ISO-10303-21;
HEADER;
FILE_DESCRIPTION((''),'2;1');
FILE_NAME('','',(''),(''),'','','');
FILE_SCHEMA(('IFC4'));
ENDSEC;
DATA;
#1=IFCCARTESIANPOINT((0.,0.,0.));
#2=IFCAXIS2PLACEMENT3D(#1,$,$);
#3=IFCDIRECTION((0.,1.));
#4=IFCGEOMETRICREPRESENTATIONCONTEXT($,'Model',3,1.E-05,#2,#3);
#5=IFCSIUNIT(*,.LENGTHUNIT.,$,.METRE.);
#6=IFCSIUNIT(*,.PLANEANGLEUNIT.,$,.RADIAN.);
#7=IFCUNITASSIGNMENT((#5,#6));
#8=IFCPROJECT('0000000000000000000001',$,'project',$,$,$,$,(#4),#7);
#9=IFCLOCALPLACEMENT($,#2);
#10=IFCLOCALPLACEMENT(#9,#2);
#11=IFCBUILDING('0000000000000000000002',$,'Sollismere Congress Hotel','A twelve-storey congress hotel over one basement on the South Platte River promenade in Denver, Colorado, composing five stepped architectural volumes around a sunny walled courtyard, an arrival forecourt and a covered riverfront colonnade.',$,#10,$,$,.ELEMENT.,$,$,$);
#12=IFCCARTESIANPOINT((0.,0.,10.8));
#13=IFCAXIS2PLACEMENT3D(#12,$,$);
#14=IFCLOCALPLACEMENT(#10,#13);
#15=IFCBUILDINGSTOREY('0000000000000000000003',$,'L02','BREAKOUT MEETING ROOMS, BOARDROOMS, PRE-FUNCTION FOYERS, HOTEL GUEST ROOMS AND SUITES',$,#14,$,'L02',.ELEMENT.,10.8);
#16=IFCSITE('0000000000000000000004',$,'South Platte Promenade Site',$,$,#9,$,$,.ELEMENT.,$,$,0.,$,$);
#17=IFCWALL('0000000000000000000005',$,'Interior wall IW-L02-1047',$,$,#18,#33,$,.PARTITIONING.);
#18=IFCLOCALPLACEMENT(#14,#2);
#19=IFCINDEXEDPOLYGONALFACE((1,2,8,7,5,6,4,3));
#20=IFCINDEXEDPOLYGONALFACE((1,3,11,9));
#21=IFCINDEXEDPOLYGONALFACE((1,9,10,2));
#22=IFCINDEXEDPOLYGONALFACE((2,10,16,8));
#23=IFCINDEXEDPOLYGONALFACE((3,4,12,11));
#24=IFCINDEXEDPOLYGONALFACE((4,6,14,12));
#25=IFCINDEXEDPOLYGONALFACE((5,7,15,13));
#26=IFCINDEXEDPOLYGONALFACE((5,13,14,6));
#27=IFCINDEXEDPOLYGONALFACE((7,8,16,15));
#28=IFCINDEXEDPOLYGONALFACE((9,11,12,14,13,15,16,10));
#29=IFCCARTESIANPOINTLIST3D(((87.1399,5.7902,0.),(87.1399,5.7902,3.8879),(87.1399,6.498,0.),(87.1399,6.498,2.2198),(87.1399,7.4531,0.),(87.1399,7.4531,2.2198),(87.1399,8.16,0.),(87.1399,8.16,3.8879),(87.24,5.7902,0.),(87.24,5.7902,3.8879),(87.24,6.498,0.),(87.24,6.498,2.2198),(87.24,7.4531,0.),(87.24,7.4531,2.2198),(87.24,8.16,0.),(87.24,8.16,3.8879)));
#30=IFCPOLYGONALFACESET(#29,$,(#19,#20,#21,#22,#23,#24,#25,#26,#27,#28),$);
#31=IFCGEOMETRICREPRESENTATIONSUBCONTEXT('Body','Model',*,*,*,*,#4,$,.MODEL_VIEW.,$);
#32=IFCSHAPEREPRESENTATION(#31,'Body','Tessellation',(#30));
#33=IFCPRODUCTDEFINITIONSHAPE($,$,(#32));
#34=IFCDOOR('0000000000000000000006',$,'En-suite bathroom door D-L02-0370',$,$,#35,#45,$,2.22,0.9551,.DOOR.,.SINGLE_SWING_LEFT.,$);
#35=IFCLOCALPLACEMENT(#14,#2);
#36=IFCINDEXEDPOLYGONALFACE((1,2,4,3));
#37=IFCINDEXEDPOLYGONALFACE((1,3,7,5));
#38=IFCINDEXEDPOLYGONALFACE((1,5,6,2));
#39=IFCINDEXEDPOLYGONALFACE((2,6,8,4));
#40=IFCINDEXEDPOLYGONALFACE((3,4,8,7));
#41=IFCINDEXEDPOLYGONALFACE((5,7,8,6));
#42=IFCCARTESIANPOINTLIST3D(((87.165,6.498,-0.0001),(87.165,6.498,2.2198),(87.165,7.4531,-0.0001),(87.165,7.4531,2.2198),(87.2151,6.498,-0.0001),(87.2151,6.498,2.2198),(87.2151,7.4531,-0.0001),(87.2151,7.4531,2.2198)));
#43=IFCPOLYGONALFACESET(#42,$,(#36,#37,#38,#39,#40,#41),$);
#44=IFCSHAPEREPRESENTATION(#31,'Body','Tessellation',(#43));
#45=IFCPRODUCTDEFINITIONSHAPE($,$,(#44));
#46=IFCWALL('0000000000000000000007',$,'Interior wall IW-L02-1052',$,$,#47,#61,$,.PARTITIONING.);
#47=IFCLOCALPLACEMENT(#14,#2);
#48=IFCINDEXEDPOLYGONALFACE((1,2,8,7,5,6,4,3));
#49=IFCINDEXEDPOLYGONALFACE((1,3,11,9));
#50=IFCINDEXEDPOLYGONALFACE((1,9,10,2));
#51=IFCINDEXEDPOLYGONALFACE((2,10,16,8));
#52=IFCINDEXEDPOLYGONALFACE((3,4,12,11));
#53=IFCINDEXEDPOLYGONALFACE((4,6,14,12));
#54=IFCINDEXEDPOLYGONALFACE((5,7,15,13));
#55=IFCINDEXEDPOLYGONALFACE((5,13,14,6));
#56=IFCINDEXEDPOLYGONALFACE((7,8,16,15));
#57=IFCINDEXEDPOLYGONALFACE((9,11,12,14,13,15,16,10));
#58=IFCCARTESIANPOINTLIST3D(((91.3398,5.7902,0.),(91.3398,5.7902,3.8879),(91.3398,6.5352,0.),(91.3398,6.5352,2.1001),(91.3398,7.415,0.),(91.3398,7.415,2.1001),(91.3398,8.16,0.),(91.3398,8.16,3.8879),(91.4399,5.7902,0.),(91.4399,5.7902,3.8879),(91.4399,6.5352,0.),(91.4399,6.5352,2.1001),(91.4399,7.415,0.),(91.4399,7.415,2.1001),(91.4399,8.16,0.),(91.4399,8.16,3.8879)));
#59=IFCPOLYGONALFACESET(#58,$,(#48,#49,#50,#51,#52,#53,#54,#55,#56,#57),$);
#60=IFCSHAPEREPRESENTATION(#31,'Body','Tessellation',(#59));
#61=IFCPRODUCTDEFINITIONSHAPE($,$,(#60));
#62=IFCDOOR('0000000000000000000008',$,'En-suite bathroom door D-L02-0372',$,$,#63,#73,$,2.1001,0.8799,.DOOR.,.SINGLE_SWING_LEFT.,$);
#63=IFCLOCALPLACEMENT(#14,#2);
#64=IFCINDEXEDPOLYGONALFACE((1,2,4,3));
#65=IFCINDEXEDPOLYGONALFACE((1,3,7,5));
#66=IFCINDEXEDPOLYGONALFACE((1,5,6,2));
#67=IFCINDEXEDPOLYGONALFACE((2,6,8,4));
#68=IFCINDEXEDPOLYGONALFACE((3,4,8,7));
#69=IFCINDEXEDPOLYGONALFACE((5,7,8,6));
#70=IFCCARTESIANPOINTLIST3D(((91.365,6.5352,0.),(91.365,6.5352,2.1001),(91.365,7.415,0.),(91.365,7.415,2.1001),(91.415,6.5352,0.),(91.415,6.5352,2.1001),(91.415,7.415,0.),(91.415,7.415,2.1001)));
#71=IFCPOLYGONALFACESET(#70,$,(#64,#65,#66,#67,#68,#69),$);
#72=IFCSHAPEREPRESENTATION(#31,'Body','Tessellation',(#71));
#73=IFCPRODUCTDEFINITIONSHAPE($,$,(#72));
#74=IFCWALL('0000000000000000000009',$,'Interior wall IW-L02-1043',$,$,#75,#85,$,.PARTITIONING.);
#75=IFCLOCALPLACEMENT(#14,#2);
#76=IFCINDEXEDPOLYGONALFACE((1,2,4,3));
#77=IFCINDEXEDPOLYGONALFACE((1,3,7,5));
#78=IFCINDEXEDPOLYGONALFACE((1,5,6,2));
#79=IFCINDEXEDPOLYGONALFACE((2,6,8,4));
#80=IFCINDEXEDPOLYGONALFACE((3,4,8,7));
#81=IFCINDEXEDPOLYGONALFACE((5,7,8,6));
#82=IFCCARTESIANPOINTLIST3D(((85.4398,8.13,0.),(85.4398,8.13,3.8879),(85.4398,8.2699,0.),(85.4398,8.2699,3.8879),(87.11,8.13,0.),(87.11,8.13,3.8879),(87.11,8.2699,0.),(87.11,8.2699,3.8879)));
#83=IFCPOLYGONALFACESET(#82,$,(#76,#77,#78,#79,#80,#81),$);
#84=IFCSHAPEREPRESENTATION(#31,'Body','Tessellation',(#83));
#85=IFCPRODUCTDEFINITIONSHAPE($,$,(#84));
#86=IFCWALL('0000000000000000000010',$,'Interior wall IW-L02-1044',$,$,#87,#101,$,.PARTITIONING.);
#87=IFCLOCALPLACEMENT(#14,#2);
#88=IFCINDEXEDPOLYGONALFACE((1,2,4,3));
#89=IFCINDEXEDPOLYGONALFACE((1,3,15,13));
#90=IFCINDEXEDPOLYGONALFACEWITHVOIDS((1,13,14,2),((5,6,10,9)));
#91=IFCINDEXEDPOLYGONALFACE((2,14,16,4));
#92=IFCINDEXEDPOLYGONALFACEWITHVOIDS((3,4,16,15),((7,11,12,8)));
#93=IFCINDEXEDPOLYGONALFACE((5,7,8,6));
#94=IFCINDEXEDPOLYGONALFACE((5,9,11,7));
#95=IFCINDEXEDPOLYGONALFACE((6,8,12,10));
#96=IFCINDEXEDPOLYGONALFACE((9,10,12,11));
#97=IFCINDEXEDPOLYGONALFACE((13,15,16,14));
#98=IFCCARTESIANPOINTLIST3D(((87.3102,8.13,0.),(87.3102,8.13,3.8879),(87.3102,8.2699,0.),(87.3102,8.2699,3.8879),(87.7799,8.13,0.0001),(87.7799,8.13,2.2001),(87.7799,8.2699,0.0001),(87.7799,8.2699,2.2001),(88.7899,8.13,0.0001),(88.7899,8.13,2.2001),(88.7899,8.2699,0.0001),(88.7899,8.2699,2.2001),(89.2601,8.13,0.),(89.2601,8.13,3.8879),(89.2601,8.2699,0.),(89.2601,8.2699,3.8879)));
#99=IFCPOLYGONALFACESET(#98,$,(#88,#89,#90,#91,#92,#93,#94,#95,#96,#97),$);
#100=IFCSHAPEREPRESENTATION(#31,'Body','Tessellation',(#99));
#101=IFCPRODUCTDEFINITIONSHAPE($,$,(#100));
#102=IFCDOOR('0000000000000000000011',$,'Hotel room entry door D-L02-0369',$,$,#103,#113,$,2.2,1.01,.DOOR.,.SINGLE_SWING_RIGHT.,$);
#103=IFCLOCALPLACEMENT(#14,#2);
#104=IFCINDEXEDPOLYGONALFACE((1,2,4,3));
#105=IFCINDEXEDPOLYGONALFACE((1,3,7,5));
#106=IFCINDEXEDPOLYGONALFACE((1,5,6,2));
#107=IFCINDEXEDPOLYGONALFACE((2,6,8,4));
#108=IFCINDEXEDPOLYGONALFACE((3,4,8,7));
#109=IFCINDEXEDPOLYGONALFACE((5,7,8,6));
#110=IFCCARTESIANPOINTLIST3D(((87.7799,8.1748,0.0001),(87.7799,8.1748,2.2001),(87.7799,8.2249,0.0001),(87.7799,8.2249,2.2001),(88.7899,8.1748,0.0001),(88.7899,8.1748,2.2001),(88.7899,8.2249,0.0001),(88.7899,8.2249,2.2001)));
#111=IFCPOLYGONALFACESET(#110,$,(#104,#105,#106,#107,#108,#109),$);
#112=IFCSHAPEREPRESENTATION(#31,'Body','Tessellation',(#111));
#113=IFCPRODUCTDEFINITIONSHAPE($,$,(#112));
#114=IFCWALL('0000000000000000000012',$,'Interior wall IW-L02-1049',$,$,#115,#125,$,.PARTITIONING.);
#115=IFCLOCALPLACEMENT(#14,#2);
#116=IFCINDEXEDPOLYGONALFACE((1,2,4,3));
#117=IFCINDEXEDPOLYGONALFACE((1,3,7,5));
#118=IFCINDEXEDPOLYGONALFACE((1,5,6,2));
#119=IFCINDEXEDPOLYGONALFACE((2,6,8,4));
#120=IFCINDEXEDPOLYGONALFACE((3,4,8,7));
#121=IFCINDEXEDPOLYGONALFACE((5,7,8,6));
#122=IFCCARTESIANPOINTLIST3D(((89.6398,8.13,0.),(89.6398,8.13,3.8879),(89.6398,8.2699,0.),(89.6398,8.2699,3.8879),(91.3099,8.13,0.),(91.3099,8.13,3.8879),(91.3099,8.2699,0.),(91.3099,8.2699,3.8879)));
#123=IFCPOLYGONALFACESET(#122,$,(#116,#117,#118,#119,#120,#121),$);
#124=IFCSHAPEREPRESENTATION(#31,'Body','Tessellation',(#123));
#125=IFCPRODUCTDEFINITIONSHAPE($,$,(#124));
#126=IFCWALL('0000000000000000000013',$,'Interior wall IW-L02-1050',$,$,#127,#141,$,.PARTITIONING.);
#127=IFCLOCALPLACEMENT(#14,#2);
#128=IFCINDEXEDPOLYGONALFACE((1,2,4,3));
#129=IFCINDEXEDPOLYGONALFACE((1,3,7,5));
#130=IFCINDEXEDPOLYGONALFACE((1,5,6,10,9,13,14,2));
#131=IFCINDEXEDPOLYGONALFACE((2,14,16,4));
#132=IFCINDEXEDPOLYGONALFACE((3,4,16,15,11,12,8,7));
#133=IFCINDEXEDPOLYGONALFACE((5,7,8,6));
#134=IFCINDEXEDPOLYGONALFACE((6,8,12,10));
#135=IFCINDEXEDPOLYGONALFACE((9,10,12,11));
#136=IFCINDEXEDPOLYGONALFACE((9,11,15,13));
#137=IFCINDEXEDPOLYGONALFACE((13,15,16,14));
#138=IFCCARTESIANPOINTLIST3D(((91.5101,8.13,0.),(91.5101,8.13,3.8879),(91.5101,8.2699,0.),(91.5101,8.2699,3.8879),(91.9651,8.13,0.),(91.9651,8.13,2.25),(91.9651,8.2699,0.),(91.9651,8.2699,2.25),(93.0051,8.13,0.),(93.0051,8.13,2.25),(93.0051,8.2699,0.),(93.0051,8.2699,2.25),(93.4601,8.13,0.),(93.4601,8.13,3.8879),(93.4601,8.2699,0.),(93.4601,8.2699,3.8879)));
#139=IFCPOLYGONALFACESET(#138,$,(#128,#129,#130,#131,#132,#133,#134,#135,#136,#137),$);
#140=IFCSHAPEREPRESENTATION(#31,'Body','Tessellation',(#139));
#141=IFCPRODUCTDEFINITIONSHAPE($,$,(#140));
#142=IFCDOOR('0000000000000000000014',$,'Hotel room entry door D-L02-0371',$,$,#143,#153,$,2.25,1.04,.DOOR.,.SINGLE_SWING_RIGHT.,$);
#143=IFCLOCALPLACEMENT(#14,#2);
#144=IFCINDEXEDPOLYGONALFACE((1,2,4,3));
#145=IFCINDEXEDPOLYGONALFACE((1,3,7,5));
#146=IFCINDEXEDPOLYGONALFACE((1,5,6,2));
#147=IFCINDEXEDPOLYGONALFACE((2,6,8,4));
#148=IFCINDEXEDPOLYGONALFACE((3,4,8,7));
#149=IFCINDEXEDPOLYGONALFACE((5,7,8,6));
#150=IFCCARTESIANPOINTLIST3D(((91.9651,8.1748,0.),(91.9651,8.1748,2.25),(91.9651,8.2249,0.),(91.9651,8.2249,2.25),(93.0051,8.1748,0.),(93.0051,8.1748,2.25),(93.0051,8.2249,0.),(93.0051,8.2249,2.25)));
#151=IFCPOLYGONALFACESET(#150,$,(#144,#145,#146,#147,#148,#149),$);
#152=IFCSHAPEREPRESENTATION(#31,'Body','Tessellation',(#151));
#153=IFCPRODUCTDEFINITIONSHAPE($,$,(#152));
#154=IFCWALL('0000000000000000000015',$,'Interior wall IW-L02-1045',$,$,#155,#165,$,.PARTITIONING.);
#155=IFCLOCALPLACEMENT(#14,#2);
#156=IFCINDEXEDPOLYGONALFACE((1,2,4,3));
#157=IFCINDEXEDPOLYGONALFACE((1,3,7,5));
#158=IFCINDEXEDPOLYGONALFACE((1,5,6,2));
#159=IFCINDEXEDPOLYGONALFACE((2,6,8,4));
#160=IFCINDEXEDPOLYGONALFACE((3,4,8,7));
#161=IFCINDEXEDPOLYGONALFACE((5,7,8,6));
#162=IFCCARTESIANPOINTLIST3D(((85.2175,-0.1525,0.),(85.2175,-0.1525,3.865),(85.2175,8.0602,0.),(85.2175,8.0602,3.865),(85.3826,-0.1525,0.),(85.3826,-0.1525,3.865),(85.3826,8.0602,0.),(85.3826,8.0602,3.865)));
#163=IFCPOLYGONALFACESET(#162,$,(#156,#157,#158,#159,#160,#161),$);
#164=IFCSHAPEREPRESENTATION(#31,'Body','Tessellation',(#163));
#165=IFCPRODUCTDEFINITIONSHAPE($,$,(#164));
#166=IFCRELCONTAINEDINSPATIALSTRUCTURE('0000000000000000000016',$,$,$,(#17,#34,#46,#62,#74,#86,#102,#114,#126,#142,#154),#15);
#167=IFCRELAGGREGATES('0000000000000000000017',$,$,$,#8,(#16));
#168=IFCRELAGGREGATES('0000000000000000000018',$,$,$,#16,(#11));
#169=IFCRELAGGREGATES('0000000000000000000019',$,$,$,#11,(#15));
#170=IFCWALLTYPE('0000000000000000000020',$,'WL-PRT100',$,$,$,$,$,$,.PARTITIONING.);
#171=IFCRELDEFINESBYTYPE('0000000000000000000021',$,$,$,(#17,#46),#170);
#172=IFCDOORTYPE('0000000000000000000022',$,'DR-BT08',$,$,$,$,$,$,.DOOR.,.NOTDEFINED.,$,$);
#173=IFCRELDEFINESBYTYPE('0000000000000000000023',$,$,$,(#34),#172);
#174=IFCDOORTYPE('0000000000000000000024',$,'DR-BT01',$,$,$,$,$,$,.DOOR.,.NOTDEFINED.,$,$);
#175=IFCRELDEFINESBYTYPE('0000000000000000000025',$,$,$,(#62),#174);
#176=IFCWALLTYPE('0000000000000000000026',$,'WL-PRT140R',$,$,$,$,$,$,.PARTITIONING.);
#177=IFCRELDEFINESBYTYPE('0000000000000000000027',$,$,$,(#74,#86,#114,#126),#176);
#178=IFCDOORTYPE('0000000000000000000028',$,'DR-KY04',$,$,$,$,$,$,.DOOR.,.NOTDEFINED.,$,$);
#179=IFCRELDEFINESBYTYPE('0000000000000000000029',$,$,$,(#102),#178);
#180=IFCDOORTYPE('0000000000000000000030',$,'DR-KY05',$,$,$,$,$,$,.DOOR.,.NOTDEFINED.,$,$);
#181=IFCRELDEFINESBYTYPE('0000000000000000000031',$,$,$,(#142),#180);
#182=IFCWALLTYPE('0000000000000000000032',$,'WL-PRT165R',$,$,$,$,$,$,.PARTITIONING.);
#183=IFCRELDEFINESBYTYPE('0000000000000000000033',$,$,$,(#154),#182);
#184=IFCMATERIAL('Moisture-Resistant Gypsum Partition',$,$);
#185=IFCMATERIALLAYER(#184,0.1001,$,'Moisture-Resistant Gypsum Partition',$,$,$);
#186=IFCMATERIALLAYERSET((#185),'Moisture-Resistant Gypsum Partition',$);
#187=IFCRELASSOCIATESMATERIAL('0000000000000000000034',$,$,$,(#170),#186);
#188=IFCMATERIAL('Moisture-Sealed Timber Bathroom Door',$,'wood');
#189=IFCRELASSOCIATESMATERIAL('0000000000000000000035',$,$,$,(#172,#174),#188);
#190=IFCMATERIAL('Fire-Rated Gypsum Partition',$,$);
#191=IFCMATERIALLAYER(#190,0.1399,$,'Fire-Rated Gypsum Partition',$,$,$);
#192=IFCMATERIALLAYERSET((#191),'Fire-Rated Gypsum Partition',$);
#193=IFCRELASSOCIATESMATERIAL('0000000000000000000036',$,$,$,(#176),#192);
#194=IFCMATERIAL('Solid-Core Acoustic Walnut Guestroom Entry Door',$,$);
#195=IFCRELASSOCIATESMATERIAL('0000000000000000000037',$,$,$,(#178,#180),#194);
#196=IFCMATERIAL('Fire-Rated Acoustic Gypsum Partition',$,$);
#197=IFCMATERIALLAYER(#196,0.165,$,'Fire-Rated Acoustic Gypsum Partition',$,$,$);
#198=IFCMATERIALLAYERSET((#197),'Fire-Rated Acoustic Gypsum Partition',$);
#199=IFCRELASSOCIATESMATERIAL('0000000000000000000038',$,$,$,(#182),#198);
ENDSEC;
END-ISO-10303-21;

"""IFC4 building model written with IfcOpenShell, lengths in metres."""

from ifc_helpers import new_model, si_unit, direction, frame, frame_2d, origin, place, context, subcontext, project, spatial, rectangle, extrude, material, layer, layer_set, type_object, element, fill, save


model = new_model("IFC4")

# Units and contexts
model_context = context("Model", 3, precision=1e-05, world=origin(), true_north=direction((0.0, 1.0)))
body_context = subcontext(model_context, "Body", "Model", "MODEL_VIEW")
ifc_project = project(units=[si_unit("LENGTHUNIT", "METRE"), si_unit("PLANEANGLEUNIT", "RADIAN")], contexts=[model_context])

# Site, building, storey
site_placement = place(None, origin())
site = spatial("IfcSite", under=ifc_project, at=site_placement, Name="South Platte Promenade Site", CompositionType="ELEMENT", RefElevation=0.0)
building_placement = place(site_placement, origin())
building = spatial("IfcBuilding", under=site, at=building_placement, Name="Sollismere Congress Hotel", Description="A twelve-storey congress hotel over one basement on the South Platte River promenade in Denver, Colorado, composing five stepped architectural volumes around a sunny walled courtyard, an arrival forecourt and a covered riverfront colonnade.", CompositionType="ELEMENT")
storey_placement = place(building_placement, frame((0.0, 0.0, 10.8)))
storey = spatial("IfcBuildingStorey", under=building, at=storey_placement, Name="L02", Description="BREAKOUT MEETING ROOMS, BOARDROOMS, PRE-FUNCTION FOYERS, HOTEL GUEST ROOMS AND SUITES", LongName="L02", CompositionType="ELEMENT", Elevation=10.8)

# Walls, openings, doors
ifc_material_1 = material(Name="Moisture-Resistant Gypsum Partition")
ifc_layer_1 = layer(ifc_material_1, 0.1001, Name="Moisture-Resistant Gypsum Partition")
ifc_layer_set_1 = layer_set([ifc_layer_1], Name="Moisture-Resistant Gypsum Partition")
wall_type_1 = type_object("IfcWallType", Name="WL-PRT100", PredefinedType="PARTITIONING", material=ifc_layer_set_1)
wall_1_placement = place(storey_placement, frame((87.1899, 5.79, 0.0), z_axis=(0.0, 0.0, 1.0), x_axis=(0.0, 1.0, 0.0)))
wall_1 = element("IfcWall", 1, at=wall_1_placement, inside=storey, type_object=wall_type_1, Name="Interior wall IW-L02-1047", PredefinedType="PARTITIONING", context=body_context, shape_type="SweptSolid", body=[
    extrude(rectangle(XDim=2.3699, YDim=0.1001, at=frame_2d((1.1851, 0.0))), origin(), (0.0, 0.0, 1.0), 3.8879),
])
opening_1_placement = place(wall_1_placement, frame((0.708, 0.0, 0.0)))
opening_1 = element("IfcOpeningElement", 2, at=opening_1_placement, cuts=wall_1, PredefinedType="OPENING", context=body_context, shape_type="SweptSolid", body=[
    extrude(rectangle(XDim=0.9551, YDim=2.22, at=frame_2d((0.4775, 1.1099))), frame((0.0, 0.0601, 0.0), z_axis=(0.0, -1.0, 0.0), x_axis=(1.0, 0.0, 0.0)), (0.0, 0.0, 1.0), 0.1201),
])
ifc_material_2 = material(Name="Moisture-Sealed Timber Bathroom Door", Category="wood")
door_type_1 = type_object("IfcDoorType", Name="DR-BT08", OperationType="NOTDEFINED", PredefinedType="DOOR", material=ifc_material_2)
door_1_placement = place(opening_1_placement, origin())
door_1 = element("IfcDoor", 3, at=door_1_placement, inside=storey, type_object=door_type_1, Name="En-suite bathroom door D-L02-0370", OperationType="SINGLE_SWING_LEFT", OverallHeight=2.22, OverallWidth=0.9551, PredefinedType="DOOR", context=body_context, shape_type="SweptSolid", body=[
    extrude(rectangle(XDim=0.9551, YDim=2.22, at=frame_2d((0.4775, 1.1099))), frame((0.0, 0.0249, 0.0), z_axis=(0.0, -1.0, 0.0), x_axis=(1.0, 0.0, 0.0)), (0.0, 0.0, 1.0), 0.05),
])
fill(opening_1, door_1)
wall_2_placement = place(storey_placement, frame((91.3899, 5.79, 0.0), z_axis=(0.0, 0.0, 1.0), x_axis=(0.0, 1.0, 0.0)))
wall_2 = element("IfcWall", 4, at=wall_2_placement, inside=storey, type_object=wall_type_1, Name="Interior wall IW-L02-1052", PredefinedType="PARTITIONING", context=body_context, shape_type="SweptSolid", body=[
    extrude(rectangle(XDim=2.3699, YDim=0.1001, at=frame_2d((1.1851, 0.0))), origin(), (0.0, 0.0, 1.0), 3.8879),
])
opening_2_placement = place(wall_2_placement, frame((0.7451, 0.0, 0.0)))
opening_2 = element("IfcOpeningElement", 5, at=opening_2_placement, cuts=wall_2, PredefinedType="OPENING", context=body_context, shape_type="SweptSolid", body=[
    extrude(rectangle(XDim=0.8799, YDim=2.1001, at=frame_2d((0.4399, 1.05))), frame((0.0, 0.0601, 0.0), z_axis=(0.0, -1.0, 0.0), x_axis=(1.0, 0.0, 0.0)), (0.0, 0.0, 1.0), 0.1201),
])
door_type_2 = type_object("IfcDoorType", Name="DR-BT01", OperationType="NOTDEFINED", PredefinedType="DOOR", material=ifc_material_2)
door_2_placement = place(opening_2_placement, origin())
door_2 = element("IfcDoor", 6, at=door_2_placement, inside=storey, type_object=door_type_2, Name="En-suite bathroom door D-L02-0372", OperationType="SINGLE_SWING_LEFT", OverallHeight=2.1001, OverallWidth=0.8799, PredefinedType="DOOR", context=body_context, shape_type="SweptSolid", body=[
    extrude(rectangle(XDim=0.8799, YDim=2.1001, at=frame_2d((0.4399, 1.05))), frame((0.0, 0.0249, 0.0), z_axis=(0.0, -1.0, 0.0), x_axis=(1.0, 0.0, 0.0)), (0.0, 0.0, 1.0), 0.05),
])
fill(opening_2, door_2)

# Wall
ifc_material_3 = material(Name="Fire-Rated Gypsum Partition")
ifc_layer_2 = layer(ifc_material_3, 0.1399, Name="Fire-Rated Gypsum Partition")
ifc_layer_set_2 = layer_set([ifc_layer_2], Name="Fire-Rated Gypsum Partition")
wall_type_2 = type_object("IfcWallType", Name="WL-PRT140R", PredefinedType="PARTITIONING", material=ifc_layer_set_2)
wall_3_placement = place(storey_placement, frame((85.4399, 8.2, 0.0), z_axis=(0.0, 0.0, 1.0), x_axis=(1.0, 0.0, 0.0)))
element("IfcWall", 7, at=wall_3_placement, inside=storey, type_object=wall_type_2, Name="Interior wall IW-L02-1043", PredefinedType="PARTITIONING", context=body_context, shape_type="SweptSolid", body=[
    extrude(rectangle(XDim=1.6702, YDim=0.1399, at=frame_2d((0.835, 0.0))), origin(), (0.0, 0.0, 1.0), 3.8879),
])

# Wall, opening, door
wall_4_placement = place(storey_placement, frame((87.3101, 8.2, 0.0), z_axis=(0.0, 0.0, 1.0), x_axis=(1.0, 0.0, 0.0)))
wall_4 = element("IfcWall", 8, at=wall_4_placement, inside=storey, type_object=wall_type_2, Name="Interior wall IW-L02-1044", PredefinedType="PARTITIONING", context=body_context, shape_type="SweptSolid", body=[
    extrude(rectangle(XDim=1.95, YDim=0.1399, at=frame_2d((0.9751, 0.0))), origin(), (0.0, 0.0, 1.0), 3.8879),
])
opening_3_placement = place(wall_4_placement, frame((0.47, 0.0, 0.0)))
opening_3 = element("IfcOpeningElement", 9, at=opening_3_placement, cuts=wall_4, PredefinedType="OPENING", context=body_context, shape_type="SweptSolid", body=[
    extrude(rectangle(XDim=1.01, YDim=2.2, at=frame_2d((0.5049, 1.1001))), frame((0.0, 0.0798, 0.0), z_axis=(0.0, -1.0, 0.0), x_axis=(1.0, 0.0, 0.0)), (0.0, 0.0, 1.0), 0.1599),
])
ifc_material_4 = material(Name="Solid-Core Acoustic Walnut Guestroom Entry Door")
door_type_3 = type_object("IfcDoorType", Name="DR-KY04", OperationType="NOTDEFINED", PredefinedType="DOOR", material=ifc_material_4)
door_3_placement = place(opening_3_placement, origin())
door_3 = element("IfcDoor", 10, at=door_3_placement, inside=storey, type_object=door_type_3, Name="Hotel room entry door D-L02-0369", OperationType="SINGLE_SWING_RIGHT", OverallHeight=2.2, OverallWidth=1.01, PredefinedType="DOOR", context=body_context, shape_type="SweptSolid", body=[
    extrude(rectangle(XDim=1.01, YDim=2.2, at=frame_2d((0.5049, 1.1001))), frame((0.0, 0.0249, 0.0), z_axis=(0.0, -1.0, 0.0), x_axis=(1.0, 0.0, 0.0)), (0.0, 0.0, 1.0), 0.05),
])
fill(opening_3, door_3)

# Wall
wall_5_placement = place(storey_placement, frame((89.6399, 8.2, 0.0), z_axis=(0.0, 0.0, 1.0), x_axis=(1.0, 0.0, 0.0)))
element("IfcWall", 11, at=wall_5_placement, inside=storey, type_object=wall_type_2, Name="Interior wall IW-L02-1049", PredefinedType="PARTITIONING", context=body_context, shape_type="SweptSolid", body=[
    extrude(rectangle(XDim=1.6702, YDim=0.1399, at=frame_2d((0.835, 0.0))), origin(), (0.0, 0.0, 1.0), 3.8879),
])

# Wall, opening, door
wall_6_placement = place(storey_placement, frame((91.51, 8.2, 0.0), z_axis=(0.0, 0.0, 1.0), x_axis=(1.0, 0.0, 0.0)))
wall_6 = element("IfcWall", 12, at=wall_6_placement, inside=storey, type_object=wall_type_2, Name="Interior wall IW-L02-1050", PredefinedType="PARTITIONING", context=body_context, shape_type="SweptSolid", body=[
    extrude(rectangle(XDim=1.95, YDim=0.1399, at=frame_2d((0.9751, 0.0))), origin(), (0.0, 0.0, 1.0), 3.8879),
])
opening_4_placement = place(wall_6_placement, frame((0.4551, 0.0, 0.0)))
opening_4 = element("IfcOpeningElement", 13, at=opening_4_placement, cuts=wall_6, PredefinedType="OPENING", context=body_context, shape_type="SweptSolid", body=[
    extrude(rectangle(XDim=1.04, YDim=2.25, at=frame_2d((0.52, 1.125))), frame((0.0, 0.0798, 0.0), z_axis=(0.0, -1.0, 0.0), x_axis=(1.0, 0.0, 0.0)), (0.0, 0.0, 1.0), 0.1599),
])
door_type_4 = type_object("IfcDoorType", Name="DR-KY05", OperationType="NOTDEFINED", PredefinedType="DOOR", material=ifc_material_4)
door_4_placement = place(opening_4_placement, origin())
door_4 = element("IfcDoor", 14, at=door_4_placement, inside=storey, type_object=door_type_4, Name="Hotel room entry door D-L02-0371", OperationType="SINGLE_SWING_RIGHT", OverallHeight=2.25, OverallWidth=1.04, PredefinedType="DOOR", context=body_context, shape_type="SweptSolid", body=[
    extrude(rectangle(XDim=1.04, YDim=2.25, at=frame_2d((0.52, 1.125))), frame((0.0, 0.0249, 0.0), z_axis=(0.0, -1.0, 0.0), x_axis=(1.0, 0.0, 0.0)), (0.0, 0.0, 1.0), 0.05),
])
fill(opening_4, door_4)

# Wall
ifc_material_5 = material(Name="Fire-Rated Acoustic Gypsum Partition")
ifc_layer_3 = layer(ifc_material_5, 0.165, Name="Fire-Rated Acoustic Gypsum Partition")
ifc_layer_set_3 = layer_set([ifc_layer_3], Name="Fire-Rated Acoustic Gypsum Partition")
wall_type_3 = type_object("IfcWallType", Name="WL-PRT165R", PredefinedType="PARTITIONING", material=ifc_layer_set_3)
for number, where, z_axis, x_axis, name in (
    (15, (85.3, -0.1526, 0.0), (0.0, 0.0, 1.0), (0.0, 1.0, 0.0), "Interior wall IW-L02-1045"),
):
    element("IfcWall", number, at=place(storey_placement, frame(where, z_axis=z_axis, x_axis=x_axis)), inside=storey, type_object=wall_type_3, Name=name, PredefinedType="PARTITIONING", context=body_context, shape_type="SweptSolid", body=[
        extrude(rectangle(XDim=8.2126, YDim=0.165, at=frame_2d((4.1064, 0.0))), origin(), (0.0, 0.0, 1.0), 3.865),
    ])

save(model, "model.ifc")
